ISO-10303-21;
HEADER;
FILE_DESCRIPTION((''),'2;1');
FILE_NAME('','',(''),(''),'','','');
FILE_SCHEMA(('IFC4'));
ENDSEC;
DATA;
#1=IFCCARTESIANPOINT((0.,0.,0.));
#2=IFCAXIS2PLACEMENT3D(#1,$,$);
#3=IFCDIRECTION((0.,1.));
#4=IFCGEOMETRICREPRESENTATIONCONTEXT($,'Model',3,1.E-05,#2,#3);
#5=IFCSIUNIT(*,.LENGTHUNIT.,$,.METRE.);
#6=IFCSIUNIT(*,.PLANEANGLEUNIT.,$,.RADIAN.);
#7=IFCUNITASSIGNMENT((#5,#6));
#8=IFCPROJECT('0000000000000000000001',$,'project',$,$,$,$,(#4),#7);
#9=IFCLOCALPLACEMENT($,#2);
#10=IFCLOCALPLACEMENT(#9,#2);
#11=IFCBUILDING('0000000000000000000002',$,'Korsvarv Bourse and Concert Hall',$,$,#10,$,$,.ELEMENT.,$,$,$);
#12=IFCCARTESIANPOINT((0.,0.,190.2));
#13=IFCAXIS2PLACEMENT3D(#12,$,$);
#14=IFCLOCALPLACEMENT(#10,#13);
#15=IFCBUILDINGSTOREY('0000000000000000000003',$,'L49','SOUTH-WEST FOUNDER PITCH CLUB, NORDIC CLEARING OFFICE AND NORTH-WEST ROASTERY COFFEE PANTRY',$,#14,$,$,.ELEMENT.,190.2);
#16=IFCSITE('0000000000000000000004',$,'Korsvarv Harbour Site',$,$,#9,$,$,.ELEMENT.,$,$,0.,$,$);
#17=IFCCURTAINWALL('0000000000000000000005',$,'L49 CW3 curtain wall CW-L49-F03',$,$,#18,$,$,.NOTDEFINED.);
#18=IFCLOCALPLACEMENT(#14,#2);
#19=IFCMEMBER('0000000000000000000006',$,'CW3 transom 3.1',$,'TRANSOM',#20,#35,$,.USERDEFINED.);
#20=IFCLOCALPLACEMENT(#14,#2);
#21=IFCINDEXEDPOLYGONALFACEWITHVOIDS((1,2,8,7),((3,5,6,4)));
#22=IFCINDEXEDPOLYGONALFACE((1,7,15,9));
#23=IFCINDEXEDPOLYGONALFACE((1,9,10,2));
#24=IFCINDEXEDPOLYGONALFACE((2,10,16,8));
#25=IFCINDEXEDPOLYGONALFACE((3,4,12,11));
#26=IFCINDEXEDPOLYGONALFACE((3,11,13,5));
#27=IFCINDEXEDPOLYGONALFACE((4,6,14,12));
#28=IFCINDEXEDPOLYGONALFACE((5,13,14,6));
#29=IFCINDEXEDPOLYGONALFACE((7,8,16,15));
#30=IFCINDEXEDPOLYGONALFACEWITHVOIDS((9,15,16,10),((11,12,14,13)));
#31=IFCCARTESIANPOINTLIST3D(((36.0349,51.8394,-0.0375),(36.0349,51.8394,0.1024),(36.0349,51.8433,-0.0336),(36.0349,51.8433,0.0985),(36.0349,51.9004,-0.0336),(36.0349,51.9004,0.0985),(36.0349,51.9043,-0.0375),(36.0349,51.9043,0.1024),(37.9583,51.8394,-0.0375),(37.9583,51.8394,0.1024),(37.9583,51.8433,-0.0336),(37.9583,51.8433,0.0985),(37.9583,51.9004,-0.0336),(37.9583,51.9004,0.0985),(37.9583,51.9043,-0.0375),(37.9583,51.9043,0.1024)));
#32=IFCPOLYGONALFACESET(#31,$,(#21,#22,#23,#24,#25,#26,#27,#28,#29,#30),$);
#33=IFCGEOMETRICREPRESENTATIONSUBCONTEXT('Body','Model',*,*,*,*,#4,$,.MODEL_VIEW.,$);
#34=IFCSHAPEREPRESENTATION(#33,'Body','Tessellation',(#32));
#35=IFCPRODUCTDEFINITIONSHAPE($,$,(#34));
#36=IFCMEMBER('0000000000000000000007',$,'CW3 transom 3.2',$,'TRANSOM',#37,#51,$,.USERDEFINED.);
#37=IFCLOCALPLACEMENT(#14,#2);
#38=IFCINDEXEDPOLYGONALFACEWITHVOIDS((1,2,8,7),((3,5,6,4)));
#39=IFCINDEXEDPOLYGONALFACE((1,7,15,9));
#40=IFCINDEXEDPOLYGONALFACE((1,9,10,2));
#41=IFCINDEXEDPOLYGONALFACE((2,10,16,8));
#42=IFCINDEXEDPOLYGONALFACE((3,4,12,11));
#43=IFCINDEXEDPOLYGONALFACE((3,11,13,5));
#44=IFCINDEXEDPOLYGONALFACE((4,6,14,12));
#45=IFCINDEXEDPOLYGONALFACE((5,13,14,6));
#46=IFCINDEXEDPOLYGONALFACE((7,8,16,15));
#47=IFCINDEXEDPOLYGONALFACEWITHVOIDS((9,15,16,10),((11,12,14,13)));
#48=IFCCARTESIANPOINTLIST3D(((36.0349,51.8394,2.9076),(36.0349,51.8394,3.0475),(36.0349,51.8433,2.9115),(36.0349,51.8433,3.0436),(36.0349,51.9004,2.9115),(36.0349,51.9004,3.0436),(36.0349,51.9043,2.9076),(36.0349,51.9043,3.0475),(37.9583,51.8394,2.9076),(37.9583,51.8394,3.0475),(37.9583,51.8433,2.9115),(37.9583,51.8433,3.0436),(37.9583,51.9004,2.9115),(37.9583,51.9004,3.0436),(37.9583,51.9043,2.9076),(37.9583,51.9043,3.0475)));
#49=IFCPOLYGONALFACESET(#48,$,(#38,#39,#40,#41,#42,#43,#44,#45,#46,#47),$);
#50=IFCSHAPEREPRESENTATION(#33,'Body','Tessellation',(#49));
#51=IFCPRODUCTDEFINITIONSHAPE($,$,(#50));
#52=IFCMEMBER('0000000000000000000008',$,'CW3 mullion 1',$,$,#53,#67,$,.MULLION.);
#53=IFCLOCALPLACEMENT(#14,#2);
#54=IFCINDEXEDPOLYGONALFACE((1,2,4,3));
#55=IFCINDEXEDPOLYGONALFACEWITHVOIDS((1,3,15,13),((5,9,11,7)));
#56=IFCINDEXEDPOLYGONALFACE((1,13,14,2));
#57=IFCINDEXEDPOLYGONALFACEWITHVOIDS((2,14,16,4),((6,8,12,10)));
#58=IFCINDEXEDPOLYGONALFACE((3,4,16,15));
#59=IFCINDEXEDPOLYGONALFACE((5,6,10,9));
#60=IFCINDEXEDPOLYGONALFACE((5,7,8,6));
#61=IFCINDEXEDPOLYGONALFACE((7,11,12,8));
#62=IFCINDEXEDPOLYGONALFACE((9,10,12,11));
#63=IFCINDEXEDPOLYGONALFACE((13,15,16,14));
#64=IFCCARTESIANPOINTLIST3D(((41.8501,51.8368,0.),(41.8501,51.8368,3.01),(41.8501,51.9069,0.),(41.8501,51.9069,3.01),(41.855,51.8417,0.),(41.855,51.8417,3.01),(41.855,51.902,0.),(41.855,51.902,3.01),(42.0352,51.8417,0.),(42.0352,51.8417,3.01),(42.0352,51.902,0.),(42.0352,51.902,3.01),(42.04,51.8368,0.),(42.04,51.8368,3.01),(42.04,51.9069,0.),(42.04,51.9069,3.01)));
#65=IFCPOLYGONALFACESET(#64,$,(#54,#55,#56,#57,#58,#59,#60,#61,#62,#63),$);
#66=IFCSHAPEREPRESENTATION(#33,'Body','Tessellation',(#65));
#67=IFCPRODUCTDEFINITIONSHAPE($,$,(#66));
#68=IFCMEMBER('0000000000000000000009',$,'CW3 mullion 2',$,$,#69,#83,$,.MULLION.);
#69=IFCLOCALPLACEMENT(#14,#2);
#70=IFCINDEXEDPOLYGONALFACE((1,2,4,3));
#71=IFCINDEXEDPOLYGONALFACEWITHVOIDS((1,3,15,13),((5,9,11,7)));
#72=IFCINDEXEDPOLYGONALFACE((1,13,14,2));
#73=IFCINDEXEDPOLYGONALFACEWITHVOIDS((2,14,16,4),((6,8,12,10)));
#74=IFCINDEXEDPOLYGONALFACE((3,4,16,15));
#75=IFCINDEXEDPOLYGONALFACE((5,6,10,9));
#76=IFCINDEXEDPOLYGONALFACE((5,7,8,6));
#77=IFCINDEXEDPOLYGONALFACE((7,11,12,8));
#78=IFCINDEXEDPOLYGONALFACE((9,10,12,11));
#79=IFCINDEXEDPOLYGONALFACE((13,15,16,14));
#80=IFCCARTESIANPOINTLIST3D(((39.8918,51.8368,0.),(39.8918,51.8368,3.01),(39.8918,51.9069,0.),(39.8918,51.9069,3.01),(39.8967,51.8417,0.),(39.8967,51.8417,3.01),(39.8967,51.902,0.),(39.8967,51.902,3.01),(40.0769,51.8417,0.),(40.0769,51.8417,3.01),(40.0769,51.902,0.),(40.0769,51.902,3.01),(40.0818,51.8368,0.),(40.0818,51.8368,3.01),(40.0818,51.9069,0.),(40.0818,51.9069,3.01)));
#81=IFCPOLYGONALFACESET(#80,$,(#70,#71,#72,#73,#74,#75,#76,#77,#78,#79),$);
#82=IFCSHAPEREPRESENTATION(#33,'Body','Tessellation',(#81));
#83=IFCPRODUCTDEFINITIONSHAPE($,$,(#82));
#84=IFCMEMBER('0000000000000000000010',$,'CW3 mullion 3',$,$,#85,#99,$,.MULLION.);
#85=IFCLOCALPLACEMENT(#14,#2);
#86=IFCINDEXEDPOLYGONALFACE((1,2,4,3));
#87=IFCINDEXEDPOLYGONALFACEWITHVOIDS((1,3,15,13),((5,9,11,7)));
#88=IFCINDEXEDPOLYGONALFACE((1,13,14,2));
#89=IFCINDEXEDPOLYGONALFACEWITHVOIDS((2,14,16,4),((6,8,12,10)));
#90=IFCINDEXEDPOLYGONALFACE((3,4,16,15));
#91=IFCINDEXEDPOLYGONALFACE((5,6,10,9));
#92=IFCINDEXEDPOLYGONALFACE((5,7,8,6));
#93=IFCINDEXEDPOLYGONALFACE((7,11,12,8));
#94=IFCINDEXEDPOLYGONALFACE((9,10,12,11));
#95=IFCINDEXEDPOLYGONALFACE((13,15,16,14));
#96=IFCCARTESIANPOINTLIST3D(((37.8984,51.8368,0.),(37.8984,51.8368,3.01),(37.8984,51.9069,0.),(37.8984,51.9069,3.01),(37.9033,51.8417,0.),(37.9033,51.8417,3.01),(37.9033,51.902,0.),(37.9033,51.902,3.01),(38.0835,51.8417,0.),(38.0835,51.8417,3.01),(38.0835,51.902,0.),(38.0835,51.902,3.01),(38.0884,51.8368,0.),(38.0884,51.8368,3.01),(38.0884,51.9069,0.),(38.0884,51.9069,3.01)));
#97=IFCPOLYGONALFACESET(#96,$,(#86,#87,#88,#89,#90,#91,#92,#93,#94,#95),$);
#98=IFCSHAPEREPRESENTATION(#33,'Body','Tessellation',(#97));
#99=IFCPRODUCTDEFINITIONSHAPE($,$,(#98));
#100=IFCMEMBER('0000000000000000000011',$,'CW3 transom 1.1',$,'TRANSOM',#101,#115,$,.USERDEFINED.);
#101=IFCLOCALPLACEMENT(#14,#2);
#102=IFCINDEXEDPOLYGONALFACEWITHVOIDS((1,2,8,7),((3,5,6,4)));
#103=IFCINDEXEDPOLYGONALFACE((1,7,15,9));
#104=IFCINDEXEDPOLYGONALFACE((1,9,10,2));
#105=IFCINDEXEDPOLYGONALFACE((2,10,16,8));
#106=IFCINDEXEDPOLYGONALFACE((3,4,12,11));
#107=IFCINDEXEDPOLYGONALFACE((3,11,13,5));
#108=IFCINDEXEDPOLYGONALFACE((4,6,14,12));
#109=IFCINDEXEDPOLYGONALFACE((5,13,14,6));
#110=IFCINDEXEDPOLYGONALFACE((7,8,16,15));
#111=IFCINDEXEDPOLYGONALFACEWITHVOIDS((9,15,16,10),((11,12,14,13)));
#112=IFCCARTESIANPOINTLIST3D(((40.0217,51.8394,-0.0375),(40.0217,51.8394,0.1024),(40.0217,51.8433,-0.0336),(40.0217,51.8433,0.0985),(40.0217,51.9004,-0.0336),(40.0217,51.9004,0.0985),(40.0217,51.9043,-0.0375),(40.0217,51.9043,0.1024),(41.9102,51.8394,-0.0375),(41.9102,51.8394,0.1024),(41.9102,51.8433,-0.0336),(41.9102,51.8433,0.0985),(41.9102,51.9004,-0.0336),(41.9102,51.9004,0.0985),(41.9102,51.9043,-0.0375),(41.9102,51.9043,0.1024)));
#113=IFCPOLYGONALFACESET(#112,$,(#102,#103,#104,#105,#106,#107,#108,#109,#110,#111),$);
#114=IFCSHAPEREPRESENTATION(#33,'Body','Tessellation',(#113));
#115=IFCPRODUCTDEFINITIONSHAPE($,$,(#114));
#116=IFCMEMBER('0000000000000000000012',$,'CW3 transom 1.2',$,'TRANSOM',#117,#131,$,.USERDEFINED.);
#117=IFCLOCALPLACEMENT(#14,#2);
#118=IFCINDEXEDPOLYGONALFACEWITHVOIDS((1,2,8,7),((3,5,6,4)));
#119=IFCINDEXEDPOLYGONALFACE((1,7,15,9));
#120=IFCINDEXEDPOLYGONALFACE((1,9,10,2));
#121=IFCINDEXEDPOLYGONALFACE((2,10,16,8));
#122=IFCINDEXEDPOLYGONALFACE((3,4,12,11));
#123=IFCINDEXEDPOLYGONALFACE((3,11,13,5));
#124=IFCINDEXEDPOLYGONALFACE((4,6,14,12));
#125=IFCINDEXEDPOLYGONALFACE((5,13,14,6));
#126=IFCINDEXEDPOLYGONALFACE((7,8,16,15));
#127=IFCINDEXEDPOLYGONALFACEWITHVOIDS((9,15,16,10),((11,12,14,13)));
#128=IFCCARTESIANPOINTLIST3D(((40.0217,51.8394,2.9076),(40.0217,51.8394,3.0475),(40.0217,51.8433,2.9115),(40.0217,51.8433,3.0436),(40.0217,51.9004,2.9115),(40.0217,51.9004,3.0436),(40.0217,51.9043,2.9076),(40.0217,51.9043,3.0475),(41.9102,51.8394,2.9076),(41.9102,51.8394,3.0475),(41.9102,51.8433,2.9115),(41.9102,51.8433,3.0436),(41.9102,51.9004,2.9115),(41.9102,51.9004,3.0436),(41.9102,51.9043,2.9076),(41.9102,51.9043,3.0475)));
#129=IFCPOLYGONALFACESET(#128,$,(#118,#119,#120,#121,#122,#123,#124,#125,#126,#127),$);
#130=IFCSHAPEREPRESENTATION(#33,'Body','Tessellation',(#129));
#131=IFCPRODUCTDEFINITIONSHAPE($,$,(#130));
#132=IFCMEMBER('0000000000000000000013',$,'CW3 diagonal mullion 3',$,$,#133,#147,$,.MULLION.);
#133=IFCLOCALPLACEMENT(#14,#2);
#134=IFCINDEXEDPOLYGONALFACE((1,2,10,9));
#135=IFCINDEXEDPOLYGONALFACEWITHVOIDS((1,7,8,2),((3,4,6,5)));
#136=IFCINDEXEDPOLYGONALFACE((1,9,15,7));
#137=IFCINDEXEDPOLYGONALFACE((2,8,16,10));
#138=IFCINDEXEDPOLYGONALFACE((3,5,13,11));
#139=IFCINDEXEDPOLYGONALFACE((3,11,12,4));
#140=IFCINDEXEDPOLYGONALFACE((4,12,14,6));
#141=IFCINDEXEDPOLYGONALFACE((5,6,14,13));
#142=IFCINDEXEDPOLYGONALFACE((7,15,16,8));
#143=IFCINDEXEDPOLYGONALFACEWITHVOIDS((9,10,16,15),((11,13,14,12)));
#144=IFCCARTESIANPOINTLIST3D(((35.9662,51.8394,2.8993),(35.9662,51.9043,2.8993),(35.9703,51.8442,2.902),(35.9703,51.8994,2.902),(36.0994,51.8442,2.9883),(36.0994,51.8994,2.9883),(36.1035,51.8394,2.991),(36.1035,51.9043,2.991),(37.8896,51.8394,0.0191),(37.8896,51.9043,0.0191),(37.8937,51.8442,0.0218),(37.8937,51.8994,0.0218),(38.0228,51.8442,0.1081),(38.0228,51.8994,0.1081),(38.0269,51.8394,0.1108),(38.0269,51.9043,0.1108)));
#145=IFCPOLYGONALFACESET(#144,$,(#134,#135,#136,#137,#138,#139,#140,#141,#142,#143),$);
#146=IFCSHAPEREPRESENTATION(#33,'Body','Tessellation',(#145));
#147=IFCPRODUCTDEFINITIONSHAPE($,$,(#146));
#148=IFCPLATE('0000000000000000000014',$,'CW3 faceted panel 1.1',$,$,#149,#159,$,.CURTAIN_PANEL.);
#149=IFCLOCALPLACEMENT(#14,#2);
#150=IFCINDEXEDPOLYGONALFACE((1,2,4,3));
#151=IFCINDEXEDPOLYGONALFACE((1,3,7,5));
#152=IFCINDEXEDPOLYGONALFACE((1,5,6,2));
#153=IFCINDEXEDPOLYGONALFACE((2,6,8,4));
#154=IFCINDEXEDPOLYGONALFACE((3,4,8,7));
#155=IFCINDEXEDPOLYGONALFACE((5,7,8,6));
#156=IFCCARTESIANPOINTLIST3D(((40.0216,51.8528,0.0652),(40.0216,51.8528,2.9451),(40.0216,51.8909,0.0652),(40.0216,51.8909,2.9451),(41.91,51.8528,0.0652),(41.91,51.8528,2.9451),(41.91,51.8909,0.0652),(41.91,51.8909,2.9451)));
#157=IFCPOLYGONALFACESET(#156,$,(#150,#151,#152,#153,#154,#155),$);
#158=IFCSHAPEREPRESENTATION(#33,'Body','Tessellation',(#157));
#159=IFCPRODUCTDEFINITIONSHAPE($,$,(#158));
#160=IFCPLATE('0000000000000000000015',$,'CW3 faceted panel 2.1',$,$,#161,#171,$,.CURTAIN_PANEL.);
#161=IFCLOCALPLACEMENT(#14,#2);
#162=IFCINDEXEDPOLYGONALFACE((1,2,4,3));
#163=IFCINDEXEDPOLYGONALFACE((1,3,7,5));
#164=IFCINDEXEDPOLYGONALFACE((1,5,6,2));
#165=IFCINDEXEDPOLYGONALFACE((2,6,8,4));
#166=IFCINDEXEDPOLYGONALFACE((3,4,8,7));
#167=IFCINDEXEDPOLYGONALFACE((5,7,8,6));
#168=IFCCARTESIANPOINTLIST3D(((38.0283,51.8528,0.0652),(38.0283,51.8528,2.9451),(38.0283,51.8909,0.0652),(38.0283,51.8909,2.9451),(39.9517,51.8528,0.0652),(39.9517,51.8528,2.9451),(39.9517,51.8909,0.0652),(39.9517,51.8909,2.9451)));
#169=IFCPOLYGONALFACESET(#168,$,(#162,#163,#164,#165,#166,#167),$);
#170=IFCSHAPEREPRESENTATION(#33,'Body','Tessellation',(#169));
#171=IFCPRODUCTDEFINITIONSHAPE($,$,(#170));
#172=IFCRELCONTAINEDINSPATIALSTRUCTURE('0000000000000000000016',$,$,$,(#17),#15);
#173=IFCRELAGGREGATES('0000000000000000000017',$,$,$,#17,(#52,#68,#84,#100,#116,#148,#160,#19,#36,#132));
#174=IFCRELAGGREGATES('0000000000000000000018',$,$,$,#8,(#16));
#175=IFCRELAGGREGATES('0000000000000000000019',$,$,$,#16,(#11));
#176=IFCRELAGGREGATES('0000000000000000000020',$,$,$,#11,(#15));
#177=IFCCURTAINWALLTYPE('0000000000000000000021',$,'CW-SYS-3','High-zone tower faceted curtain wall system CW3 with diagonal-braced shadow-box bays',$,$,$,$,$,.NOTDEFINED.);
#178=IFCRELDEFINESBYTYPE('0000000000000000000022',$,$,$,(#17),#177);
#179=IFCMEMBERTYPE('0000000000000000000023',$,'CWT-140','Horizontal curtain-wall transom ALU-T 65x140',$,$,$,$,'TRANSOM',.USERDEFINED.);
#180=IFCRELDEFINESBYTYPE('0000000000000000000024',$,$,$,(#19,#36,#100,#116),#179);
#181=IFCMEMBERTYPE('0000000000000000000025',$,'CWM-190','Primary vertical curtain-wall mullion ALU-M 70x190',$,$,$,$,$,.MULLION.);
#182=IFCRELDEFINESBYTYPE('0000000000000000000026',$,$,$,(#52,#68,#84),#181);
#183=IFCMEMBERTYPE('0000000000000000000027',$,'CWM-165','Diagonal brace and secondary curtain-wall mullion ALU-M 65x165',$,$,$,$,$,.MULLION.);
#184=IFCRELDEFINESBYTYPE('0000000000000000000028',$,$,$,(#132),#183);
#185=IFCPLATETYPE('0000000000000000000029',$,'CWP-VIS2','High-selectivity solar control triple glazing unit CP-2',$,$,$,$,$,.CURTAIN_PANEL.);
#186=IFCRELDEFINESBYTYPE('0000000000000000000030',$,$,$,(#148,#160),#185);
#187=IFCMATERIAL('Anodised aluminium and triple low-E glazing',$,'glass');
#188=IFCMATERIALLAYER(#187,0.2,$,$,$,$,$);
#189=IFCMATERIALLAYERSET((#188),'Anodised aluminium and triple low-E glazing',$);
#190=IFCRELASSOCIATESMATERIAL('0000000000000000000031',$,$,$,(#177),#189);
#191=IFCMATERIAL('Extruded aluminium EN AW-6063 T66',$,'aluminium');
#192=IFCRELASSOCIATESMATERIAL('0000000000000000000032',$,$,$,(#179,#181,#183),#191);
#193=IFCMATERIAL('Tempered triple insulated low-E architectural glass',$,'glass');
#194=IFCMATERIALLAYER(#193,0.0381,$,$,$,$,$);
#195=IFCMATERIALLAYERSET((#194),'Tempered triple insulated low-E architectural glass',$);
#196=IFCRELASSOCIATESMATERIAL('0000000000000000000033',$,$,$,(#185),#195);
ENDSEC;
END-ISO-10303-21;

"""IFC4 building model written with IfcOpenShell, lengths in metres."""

from ifc_helpers import new_model, si_unit, direction, frame, origin, origin_2d, place, context, subcontext, project, spatial, rectangle, hollow_rectangle, extrude, source, transform, mapped, material, layer, layer_set, material_profile, profile_set, type_object, element, aggregate, save


model = new_model("IFC4")

# Units and contexts
model_context = context("Model", 3, precision=1e-05, world=origin(), true_north=direction((0.0, 1.0)))
body_context = subcontext(model_context, "Body", "Model", "MODEL_VIEW")
ifc_project = project(units=[si_unit("LENGTHUNIT", "METRE"), si_unit("PLANEANGLEUNIT", "RADIAN")], contexts=[model_context])

# Site, building, storey
site_placement = place(None, origin())
site = spatial("IfcSite", under=ifc_project, at=site_placement, Name="Korsvarv Harbour Site", CompositionType="ELEMENT", RefElevation=0.0)
building_placement = place(site_placement, origin())
building = spatial("IfcBuilding", under=site, at=building_placement, Name="Korsvarv Bourse and Concert Hall", CompositionType="ELEMENT")
storey_placement = place(building_placement, frame((0.0, 0.0, 190.2)))
storey = spatial("IfcBuildingStorey", under=building, at=storey_placement, Name="L49", Description="SOUTH-WEST FOUNDER PITCH CLUB, NORDIC CLEARING OFFICE AND NORTH-WEST ROASTERY COFFEE PANTRY", CompositionType="ELEMENT", Elevation=190.2)

# Curtain wall, members, plates
ifc_material_1 = material(Name="Anodised aluminium and triple low-E glazing", Category="glass")
ifc_layer_1 = layer(ifc_material_1, 0.2)
ifc_layer_set_1 = layer_set([ifc_layer_1], Name="Anodised aluminium and triple low-E glazing")
curtain_wall_type = type_object("IfcCurtainWallType", Name="CW-SYS-3", Description="High-zone tower faceted curtain wall system CW3 with diagonal-braced shadow-box bays", PredefinedType="NOTDEFINED", material=ifc_layer_set_1)
curtain_wall_placement = place(storey_placement, origin())
curtain_wall = element("IfcCurtainWall", 1, at=curtain_wall_placement, inside=storey, type_object=curtain_wall_type, Name="L49 CW3 curtain wall CW-L49-F03", PredefinedType="NOTDEFINED")
ifc_material_2 = material(Name="Extruded aluminium EN AW-6063 T66", Category="aluminium")
ifc_material_profile_1 = material_profile(ifc_material_2, hollow_rectangle(XDim=0.0649, YDim=0.1399, WallThickness=0.0039, at=origin_2d()), Name="ALU-T 65x140")
ifc_profile_set_1 = profile_set([ifc_material_profile_1], Name="Extruded aluminium EN AW-6063 T66")
member_type_1 = type_object("IfcMemberType", Name="CWT-140", Description="Horizontal curtain-wall transom ALU-T 65x140", ElementType="TRANSOM", PredefinedType="USERDEFINED", material=ifc_profile_set_1)
shared_shape_1 = source(origin(), body_context, "Body", "SweptSolid", [
    extrude(hollow_rectangle(XDim=0.0649, YDim=0.1399, WallThickness=0.0039, at=origin_2d()), origin(), (0.0, 0.0, 1.0), 1.9233),
])
member_1_placement = place(storey_placement, frame((37.9583, 51.8718, 0.0325), z_axis=(-1.0, 0.0, 0.0), x_axis=(0.0, -1.0, 0.0)))
member_1 = element("IfcMember", 2, at=member_1_placement, type_object=member_type_1, Name="CW3 transom 3.1", ObjectType="TRANSOM", PredefinedType="USERDEFINED", context=body_context, shape_type="MappedRepresentation", body=[
    mapped(shared_shape_1, transform((0.0, 0.0, 0.0), scale=1.0)),
])
member_2_placement = place(storey_placement, frame((37.9583, 51.8718, 2.9775), z_axis=(-1.0, 0.0, 0.0), x_axis=(0.0, -1.0, 0.0)))
member_2 = element("IfcMember", 3, at=member_2_placement, type_object=member_type_1, Name="CW3 transom 3.2", ObjectType="TRANSOM", PredefinedType="USERDEFINED", context=body_context, shape_type="MappedRepresentation", body=[
    mapped(shared_shape_1, transform((0.0, 0.0, 0.0), scale=1.0)),
])
ifc_material_profile_2 = material_profile(ifc_material_2, hollow_rectangle(XDim=0.0701, YDim=0.1899, WallThickness=0.0049, at=origin_2d()), Name="ALU-M 70x190")
ifc_profile_set_2 = profile_set([ifc_material_profile_2], Name="Extruded aluminium EN AW-6063 T66")
member_type_2 = type_object("IfcMemberType", Name="CWM-190", Description="Primary vertical curtain-wall mullion ALU-M 70x190", PredefinedType="MULLION", material=ifc_profile_set_2)
shared_shape_2 = source(origin(), body_context, "Body", "SweptSolid", [
    extrude(hollow_rectangle(XDim=0.0701, YDim=0.1899, WallThickness=0.0049, at=origin_2d()), origin(), (0.0, 0.0, 1.0), 3.01),
])
member_3_placement = place(storey_placement, frame((41.9451, 51.8718, 0.0), z_axis=(0.0, 0.0, 1.0), x_axis=(0.0, -1.0, 0.0)))
member_3 = element("IfcMember", 4, at=member_3_placement, type_object=member_type_2, Name="CW3 mullion 1", PredefinedType="MULLION", context=body_context, shape_type="MappedRepresentation", body=[
    mapped(shared_shape_2, transform((0.0, 0.0, 0.0), scale=1.0)),
])
member_4_placement = place(storey_placement, frame((39.9868, 51.8718, 0.0), z_axis=(0.0, 0.0, 1.0), x_axis=(0.0, -1.0, 0.0)))
member_4 = element("IfcMember", 5, at=member_4_placement, type_object=member_type_2, Name="CW3 mullion 2", PredefinedType="MULLION", context=body_context, shape_type="MappedRepresentation", body=[
    mapped(shared_shape_2, transform((0.0, 0.0, 0.0), scale=1.0)),
])
member_5_placement = place(storey_placement, frame((37.9934, 51.8718, 0.0), z_axis=(0.0, 0.0, 1.0), x_axis=(0.0, -1.0, 0.0)))
member_5 = element("IfcMember", 6, at=member_5_placement, type_object=member_type_2, Name="CW3 mullion 3", PredefinedType="MULLION", context=body_context, shape_type="MappedRepresentation", body=[
    mapped(shared_shape_2, transform((0.0, 0.0, 0.0), scale=1.0)),
])
shared_shape_3 = source(origin(), body_context, "Body", "SweptSolid", [
    extrude(hollow_rectangle(XDim=0.0649, YDim=0.1399, WallThickness=0.0039, at=origin_2d()), origin(), (0.0, 0.0, 1.0), 1.8884),
])
member_6_placement = place(storey_placement, frame((41.9102, 51.8718, 0.0325), z_axis=(-1.0, 0.0, 0.0), x_axis=(0.0, -1.0, 0.0)))
member_6 = element("IfcMember", 7, at=member_6_placement, type_object=member_type_1, Name="CW3 transom 1.1", ObjectType="TRANSOM", PredefinedType="USERDEFINED", context=body_context, shape_type="MappedRepresentation", body=[
    mapped(shared_shape_3, transform((0.0, 0.0, 0.0), scale=1.0)),
])
member_7_placement = place(storey_placement, frame((41.9102, 51.8718, 2.9775), z_axis=(-1.0, 0.0, 0.0), x_axis=(0.0, -1.0, 0.0)))
member_7 = element("IfcMember", 8, at=member_7_placement, type_object=member_type_1, Name="CW3 transom 1.2", ObjectType="TRANSOM", PredefinedType="USERDEFINED", context=body_context, shape_type="MappedRepresentation", body=[
    mapped(shared_shape_3, transform((0.0, 0.0, 0.0), scale=1.0)),
])
ifc_material_profile_3 = material_profile(ifc_material_2, hollow_rectangle(XDim=0.0649, YDim=0.165, WallThickness=0.0049, at=origin_2d()), Name="ALU-M 65x165")
ifc_profile_set_3 = profile_set([ifc_material_profile_3], Name="Extruded aluminium EN AW-6063 T66")
member_type_3 = type_object("IfcMemberType", Name="CWM-165", Description="Diagonal brace and secondary curtain-wall mullion ALU-M 65x165", PredefinedType="MULLION", material=ifc_profile_set_3)
shared_shape_4 = source(origin(), body_context, "Body", "SweptSolid", [
    extrude(hollow_rectangle(XDim=0.0649, YDim=0.165, WallThickness=0.0049, at=origin_2d()), origin(), (0.0, 0.0, 1.0), 3.4634),
])
member_8_placement = place(storey_placement, frame((37.9583, 51.8718, 0.0649), z_axis=(-0.555351, 0.0, 0.831616), x_axis=(0.0, -1.0, 0.0)))
member_8 = element("IfcMember", 9, at=member_8_placement, type_object=member_type_3, Name="CW3 diagonal mullion 3", PredefinedType="MULLION", context=body_context, shape_type="MappedRepresentation", body=[
    mapped(shared_shape_4, transform((0.0, 0.0, 0.0), scale=1.0)),
])
ifc_material_3 = material(Name="Tempered triple insulated low-E architectural glass", Category="glass")
ifc_layer_2 = layer(ifc_material_3, 0.0381)
ifc_layer_set_2 = layer_set([ifc_layer_2], Name="Tempered triple insulated low-E architectural glass")
plate_type_1 = type_object("IfcPlateType", Name="CWP-VIS2", Description="High-selectivity solar control triple glazing unit CP-2", PredefinedType="CURTAIN_PANEL", material=ifc_layer_set_2)
shared_shape_5 = source(origin(), body_context, "Body", "SweptSolid", [
    extrude(rectangle(XDim=1.8884, YDim=0.0381, at=origin_2d()), origin(), (0.0, 0.0, 1.0), 2.8799),
])
plate_1_placement = place(storey_placement, frame((40.9658, 51.8718, 0.0652), z_axis=(0.0, 0.0, 1.0), x_axis=(-1.0, 0.0, 0.0)))
plate_1 = element("IfcPlate", 10, at=plate_1_placement, type_object=plate_type_1, Name="CW3 faceted panel 1.1", PredefinedType="CURTAIN_PANEL", context=body_context, shape_type="MappedRepresentation", body=[
    mapped(shared_shape_5, transform((0.0, 0.0, 0.0), scale=1.0)),
])
shared_shape_6 = source(origin(), body_context, "Body", "SweptSolid", [
    extrude(rectangle(XDim=1.9233, YDim=0.0381, at=origin_2d()), origin(), (0.0, 0.0, 1.0), 2.8799),
])
plate_2_placement = place(storey_placement, frame((38.99, 51.8718, 0.0652), z_axis=(0.0, 0.0, 1.0), x_axis=(-1.0, 0.0, 0.0)))
plate_2 = element("IfcPlate", 11, at=plate_2_placement, type_object=plate_type_1, Name="CW3 faceted panel 2.1", PredefinedType="CURTAIN_PANEL", context=body_context, shape_type="MappedRepresentation", body=[
    mapped(shared_shape_6, transform((0.0, 0.0, 0.0), scale=1.0)),
])
aggregate(curtain_wall, [member_3, member_4, member_5, member_6, member_7, plate_1, plate_2, member_1, member_2, member_8])

save(model, "model.ifc")
